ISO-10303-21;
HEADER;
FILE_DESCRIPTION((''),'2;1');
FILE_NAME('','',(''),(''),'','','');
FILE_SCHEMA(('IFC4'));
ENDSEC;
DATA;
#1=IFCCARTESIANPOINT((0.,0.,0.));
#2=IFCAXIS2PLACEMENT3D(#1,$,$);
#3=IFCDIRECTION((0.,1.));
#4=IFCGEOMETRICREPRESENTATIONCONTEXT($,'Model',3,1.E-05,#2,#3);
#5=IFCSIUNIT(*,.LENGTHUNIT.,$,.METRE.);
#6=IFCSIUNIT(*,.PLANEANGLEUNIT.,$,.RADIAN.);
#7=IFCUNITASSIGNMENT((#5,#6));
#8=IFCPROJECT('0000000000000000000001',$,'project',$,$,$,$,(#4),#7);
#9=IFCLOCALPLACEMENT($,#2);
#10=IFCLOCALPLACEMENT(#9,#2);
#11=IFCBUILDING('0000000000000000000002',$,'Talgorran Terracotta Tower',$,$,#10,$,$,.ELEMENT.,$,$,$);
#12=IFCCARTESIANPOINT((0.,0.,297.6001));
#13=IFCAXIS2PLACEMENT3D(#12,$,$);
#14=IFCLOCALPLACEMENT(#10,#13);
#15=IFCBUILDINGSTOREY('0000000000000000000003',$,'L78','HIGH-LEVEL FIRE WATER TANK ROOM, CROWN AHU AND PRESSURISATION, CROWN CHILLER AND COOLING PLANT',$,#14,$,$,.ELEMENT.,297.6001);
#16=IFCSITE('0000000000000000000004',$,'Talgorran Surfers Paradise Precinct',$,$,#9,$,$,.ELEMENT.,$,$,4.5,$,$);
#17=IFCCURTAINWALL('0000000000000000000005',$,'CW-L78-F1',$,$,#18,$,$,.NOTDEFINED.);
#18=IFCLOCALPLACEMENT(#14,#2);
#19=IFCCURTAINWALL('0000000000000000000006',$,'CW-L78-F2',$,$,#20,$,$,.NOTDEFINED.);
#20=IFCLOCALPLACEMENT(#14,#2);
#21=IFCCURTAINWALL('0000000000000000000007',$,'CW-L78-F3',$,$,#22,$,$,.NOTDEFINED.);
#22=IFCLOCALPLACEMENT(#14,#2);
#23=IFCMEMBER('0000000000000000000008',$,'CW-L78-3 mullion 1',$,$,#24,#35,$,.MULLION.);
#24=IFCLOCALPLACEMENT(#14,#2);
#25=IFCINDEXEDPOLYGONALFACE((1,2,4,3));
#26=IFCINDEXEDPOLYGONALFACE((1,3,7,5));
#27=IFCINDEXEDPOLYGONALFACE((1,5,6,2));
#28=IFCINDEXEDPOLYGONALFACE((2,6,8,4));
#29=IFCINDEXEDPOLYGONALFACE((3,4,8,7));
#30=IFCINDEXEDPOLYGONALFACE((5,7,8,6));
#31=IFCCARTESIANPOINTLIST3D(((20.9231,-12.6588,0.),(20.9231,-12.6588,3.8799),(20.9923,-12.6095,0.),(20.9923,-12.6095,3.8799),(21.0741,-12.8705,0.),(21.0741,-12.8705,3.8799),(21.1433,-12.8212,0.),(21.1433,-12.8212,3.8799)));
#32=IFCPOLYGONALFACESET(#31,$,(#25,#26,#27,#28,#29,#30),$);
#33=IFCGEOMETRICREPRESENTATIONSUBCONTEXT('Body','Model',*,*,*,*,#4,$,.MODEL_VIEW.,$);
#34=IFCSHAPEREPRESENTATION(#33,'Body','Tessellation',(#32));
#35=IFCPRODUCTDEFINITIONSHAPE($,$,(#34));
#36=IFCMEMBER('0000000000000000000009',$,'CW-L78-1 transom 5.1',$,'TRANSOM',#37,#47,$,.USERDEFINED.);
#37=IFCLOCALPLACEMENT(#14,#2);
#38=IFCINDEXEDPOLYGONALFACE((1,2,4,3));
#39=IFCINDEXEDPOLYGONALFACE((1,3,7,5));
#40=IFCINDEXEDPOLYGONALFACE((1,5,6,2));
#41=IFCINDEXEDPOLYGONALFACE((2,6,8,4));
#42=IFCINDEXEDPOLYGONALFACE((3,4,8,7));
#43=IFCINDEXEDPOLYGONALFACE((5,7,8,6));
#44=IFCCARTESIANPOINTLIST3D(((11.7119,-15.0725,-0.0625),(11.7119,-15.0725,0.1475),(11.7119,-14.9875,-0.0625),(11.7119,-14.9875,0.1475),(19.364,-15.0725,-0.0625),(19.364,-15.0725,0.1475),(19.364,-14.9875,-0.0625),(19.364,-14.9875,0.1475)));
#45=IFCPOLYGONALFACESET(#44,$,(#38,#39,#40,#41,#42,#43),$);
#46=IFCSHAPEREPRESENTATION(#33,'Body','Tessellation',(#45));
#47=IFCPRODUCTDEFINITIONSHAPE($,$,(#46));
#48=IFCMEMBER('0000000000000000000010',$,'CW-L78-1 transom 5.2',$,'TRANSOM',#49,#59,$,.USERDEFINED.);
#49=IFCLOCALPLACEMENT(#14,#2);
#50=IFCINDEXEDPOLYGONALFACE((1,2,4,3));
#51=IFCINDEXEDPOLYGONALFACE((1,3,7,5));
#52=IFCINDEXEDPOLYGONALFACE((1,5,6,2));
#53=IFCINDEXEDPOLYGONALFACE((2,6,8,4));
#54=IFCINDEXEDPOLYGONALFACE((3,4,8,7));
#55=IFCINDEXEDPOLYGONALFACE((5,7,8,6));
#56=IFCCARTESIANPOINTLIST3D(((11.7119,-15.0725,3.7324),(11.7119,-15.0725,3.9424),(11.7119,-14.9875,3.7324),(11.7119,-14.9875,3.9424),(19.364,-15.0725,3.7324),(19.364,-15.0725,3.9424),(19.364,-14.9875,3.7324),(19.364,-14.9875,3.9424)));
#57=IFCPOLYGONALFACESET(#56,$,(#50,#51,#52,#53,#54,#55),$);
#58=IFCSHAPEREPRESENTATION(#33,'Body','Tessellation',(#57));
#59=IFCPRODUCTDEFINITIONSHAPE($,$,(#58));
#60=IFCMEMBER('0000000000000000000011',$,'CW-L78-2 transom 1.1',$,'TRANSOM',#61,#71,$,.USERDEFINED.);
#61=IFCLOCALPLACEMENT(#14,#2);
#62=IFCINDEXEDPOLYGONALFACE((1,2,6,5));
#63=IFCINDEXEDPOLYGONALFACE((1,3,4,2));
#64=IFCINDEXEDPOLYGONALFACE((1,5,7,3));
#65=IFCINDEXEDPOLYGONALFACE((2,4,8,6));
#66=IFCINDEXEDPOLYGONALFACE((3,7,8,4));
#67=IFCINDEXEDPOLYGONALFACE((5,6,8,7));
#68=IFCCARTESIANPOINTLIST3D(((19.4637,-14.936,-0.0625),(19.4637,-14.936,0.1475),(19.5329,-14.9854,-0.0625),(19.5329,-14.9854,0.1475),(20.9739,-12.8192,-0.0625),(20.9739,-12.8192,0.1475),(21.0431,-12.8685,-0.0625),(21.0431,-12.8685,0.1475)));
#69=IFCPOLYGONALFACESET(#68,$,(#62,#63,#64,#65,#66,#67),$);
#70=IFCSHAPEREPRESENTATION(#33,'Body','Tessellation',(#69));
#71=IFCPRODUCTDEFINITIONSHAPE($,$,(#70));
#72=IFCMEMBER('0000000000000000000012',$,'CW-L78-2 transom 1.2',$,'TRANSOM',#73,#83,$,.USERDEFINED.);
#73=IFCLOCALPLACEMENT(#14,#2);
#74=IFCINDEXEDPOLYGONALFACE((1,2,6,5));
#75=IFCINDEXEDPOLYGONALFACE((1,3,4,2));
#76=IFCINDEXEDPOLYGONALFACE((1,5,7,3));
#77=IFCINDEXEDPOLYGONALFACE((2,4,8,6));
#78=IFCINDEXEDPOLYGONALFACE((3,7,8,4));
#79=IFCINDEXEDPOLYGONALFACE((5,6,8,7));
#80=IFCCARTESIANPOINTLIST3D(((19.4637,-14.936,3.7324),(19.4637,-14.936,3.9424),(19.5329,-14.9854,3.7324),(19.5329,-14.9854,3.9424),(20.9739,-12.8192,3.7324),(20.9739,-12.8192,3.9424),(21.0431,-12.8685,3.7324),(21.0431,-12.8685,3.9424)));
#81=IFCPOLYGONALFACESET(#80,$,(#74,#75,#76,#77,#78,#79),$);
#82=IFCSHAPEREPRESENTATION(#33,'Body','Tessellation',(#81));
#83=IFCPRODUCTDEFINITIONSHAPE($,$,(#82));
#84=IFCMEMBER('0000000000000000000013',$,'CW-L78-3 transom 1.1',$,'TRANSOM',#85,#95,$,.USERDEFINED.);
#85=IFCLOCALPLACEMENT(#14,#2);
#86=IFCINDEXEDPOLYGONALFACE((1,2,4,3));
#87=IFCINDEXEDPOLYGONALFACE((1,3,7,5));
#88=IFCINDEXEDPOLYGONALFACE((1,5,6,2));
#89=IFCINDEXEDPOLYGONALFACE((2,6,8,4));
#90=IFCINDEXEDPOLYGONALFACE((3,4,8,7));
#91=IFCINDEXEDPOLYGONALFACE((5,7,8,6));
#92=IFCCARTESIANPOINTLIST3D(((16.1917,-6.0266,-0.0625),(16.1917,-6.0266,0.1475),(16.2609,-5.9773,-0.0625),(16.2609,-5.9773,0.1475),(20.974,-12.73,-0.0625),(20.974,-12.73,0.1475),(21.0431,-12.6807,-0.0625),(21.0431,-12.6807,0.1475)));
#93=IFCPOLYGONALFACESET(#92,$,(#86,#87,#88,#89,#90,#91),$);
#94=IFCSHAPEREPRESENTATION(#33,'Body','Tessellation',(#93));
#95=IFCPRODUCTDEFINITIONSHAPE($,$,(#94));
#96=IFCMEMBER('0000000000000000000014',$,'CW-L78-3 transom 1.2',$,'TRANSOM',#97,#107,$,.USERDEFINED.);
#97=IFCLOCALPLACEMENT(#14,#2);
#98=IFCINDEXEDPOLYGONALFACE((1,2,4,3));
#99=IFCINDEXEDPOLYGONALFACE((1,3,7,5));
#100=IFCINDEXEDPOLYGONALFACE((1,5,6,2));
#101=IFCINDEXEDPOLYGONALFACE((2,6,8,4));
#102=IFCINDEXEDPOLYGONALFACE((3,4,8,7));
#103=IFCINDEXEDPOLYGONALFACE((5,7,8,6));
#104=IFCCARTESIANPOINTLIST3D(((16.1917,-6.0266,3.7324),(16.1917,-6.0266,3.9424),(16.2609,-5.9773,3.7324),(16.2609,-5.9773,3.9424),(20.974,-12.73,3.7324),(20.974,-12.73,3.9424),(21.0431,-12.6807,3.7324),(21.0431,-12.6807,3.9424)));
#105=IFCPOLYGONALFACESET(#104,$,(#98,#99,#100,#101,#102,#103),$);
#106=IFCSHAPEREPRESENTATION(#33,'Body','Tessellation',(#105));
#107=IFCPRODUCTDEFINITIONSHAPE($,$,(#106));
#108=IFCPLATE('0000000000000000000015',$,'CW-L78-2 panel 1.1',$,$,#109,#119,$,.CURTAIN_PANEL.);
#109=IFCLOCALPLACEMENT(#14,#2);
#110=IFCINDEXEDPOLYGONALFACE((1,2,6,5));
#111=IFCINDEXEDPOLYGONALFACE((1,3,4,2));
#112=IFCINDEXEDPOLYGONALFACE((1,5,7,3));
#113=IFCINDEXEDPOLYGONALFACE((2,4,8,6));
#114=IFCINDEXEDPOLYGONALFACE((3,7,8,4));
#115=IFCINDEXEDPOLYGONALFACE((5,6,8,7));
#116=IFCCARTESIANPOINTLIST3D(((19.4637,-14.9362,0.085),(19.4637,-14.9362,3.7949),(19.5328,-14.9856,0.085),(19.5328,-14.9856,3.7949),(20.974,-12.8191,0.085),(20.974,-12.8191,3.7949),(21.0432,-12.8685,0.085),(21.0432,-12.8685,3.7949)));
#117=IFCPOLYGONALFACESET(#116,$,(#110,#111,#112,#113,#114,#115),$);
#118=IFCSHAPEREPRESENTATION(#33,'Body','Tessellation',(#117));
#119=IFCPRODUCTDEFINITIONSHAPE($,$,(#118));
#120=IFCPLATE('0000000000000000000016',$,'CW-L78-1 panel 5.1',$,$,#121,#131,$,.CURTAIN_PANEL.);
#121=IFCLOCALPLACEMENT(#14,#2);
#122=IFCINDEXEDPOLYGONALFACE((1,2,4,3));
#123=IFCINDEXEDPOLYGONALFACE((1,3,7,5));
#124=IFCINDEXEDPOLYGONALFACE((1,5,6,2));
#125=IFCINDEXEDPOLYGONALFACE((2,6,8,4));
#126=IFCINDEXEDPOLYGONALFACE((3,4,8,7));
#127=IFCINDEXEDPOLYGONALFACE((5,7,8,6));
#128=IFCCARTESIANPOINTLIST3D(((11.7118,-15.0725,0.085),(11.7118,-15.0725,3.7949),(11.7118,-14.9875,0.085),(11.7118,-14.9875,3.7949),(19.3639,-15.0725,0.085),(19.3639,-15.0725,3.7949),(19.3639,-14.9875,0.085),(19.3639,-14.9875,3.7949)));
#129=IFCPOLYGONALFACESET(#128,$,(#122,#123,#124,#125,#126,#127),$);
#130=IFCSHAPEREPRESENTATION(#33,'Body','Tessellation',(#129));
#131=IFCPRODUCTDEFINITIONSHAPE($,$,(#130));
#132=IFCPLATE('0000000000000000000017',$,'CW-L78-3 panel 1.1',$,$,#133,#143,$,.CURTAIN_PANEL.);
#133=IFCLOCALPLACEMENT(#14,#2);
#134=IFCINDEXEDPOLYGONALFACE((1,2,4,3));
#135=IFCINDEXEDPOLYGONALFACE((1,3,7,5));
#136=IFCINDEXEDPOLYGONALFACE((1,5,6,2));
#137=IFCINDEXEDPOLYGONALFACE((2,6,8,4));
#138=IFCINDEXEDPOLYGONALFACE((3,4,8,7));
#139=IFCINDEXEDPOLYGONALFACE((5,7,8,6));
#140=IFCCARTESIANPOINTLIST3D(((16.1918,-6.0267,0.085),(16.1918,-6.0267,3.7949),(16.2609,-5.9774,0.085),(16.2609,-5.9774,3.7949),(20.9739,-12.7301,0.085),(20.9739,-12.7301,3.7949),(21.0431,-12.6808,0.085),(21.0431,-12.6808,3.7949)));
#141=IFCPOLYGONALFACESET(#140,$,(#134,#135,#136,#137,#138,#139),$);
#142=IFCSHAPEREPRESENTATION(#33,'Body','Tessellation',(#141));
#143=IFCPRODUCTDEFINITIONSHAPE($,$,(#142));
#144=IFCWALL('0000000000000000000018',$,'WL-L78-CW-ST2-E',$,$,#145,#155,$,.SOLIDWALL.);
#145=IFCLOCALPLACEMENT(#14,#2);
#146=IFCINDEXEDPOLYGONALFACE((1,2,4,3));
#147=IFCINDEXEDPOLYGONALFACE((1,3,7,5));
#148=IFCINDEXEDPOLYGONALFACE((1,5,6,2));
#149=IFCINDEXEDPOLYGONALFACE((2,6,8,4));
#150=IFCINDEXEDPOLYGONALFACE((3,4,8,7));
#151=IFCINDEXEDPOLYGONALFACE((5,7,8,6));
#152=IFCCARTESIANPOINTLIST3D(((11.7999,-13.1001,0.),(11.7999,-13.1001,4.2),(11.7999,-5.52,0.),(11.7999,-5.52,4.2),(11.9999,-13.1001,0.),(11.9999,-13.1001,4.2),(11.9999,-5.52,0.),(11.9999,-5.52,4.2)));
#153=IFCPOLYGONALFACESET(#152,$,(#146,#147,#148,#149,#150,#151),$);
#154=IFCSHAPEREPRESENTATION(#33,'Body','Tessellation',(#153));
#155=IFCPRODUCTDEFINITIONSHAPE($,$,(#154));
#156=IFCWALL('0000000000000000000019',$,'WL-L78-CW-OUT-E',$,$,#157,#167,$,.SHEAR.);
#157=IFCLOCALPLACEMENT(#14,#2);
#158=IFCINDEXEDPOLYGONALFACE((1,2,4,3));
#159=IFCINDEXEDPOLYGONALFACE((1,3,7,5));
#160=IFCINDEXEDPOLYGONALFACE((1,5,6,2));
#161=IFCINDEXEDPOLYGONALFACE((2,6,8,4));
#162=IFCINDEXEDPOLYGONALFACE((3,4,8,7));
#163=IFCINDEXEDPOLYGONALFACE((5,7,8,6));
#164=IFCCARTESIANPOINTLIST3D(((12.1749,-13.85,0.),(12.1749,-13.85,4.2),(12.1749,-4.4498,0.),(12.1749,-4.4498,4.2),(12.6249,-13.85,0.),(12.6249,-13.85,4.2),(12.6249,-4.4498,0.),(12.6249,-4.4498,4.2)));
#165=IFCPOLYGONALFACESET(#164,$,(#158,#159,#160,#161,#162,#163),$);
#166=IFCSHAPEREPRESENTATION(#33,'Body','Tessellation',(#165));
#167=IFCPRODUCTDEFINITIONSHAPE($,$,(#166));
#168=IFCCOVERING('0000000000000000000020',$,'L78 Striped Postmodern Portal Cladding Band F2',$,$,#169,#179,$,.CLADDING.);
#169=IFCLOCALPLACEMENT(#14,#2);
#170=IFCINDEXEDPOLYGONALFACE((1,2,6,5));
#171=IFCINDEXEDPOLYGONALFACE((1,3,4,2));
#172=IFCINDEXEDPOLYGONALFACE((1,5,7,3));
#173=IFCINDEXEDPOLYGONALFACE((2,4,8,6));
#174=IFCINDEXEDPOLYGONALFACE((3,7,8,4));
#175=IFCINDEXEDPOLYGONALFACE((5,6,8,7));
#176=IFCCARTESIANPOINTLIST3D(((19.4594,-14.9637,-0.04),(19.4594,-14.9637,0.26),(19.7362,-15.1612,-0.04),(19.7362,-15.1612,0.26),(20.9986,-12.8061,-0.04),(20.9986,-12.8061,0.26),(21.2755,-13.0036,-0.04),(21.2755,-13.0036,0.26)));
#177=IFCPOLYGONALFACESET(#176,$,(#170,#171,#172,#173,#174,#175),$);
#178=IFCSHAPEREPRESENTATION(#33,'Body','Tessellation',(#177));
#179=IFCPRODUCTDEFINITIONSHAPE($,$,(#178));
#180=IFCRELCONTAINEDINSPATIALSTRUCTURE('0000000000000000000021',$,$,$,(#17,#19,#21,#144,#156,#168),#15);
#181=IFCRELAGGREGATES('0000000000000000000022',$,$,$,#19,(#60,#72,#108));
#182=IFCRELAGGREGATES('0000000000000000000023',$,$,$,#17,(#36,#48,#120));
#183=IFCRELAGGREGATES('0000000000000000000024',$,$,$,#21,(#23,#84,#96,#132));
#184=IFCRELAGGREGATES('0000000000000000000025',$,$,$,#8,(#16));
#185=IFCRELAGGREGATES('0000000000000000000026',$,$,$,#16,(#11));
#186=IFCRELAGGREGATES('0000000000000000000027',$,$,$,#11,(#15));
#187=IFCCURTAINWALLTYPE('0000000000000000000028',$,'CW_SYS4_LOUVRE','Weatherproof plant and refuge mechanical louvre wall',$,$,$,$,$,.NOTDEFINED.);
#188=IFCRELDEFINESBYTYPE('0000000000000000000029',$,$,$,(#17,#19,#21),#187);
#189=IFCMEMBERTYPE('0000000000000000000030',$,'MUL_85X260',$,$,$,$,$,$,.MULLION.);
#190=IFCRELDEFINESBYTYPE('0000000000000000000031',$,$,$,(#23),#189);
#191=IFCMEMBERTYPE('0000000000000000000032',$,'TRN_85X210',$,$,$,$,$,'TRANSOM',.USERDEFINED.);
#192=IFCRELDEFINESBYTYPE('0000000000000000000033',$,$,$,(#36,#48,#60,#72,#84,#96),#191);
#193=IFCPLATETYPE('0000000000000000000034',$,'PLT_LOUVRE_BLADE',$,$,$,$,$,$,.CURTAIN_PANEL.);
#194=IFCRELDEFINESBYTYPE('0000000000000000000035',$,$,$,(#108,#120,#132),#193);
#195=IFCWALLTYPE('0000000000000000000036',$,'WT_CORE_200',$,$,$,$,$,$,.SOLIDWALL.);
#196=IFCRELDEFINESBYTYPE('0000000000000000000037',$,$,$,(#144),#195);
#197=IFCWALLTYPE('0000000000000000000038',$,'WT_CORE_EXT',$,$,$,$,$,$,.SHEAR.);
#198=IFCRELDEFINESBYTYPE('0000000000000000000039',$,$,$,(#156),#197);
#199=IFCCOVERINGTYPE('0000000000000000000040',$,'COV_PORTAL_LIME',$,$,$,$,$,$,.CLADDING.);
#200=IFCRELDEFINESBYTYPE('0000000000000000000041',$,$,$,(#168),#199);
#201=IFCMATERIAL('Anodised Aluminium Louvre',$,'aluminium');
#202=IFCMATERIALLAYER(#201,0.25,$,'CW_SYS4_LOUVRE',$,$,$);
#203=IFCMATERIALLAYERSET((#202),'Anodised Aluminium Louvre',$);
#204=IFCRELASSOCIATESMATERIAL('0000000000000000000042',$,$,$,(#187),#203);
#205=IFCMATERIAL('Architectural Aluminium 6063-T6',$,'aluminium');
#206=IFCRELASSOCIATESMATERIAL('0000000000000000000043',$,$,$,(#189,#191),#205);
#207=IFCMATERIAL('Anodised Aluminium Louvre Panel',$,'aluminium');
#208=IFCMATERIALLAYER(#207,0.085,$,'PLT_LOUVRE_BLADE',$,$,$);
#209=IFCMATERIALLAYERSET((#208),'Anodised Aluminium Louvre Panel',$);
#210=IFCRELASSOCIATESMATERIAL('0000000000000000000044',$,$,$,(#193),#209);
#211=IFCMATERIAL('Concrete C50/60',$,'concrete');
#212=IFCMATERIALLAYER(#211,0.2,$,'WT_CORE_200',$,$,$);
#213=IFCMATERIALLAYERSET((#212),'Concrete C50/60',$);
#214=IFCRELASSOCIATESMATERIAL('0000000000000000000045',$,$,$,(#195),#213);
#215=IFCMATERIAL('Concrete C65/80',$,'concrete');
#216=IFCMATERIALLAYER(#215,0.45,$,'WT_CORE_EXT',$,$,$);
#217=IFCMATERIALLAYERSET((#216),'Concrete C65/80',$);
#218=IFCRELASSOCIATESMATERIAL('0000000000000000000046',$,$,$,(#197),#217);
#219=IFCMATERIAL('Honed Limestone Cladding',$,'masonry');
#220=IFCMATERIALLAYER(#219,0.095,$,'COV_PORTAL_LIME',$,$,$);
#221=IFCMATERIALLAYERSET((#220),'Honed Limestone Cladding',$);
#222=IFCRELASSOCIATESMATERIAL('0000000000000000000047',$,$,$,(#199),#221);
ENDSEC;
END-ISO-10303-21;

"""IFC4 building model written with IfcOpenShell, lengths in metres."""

from ifc_helpers import new_model, si_unit, direction, frame, frame_2d, origin, origin_2d, place, context, subcontext, project, spatial, rectangle, extrude, source, transform, mapped, material, layer, layer_set, material_profile, profile_set, type_object, type_shapes, element, aggregate, save


model = new_model("IFC4")

# Units and contexts
model_context = context("Model", 3, precision=1e-05, world=origin(), true_north=direction((0.0, 1.0)))
body_context = subcontext(model_context, "Body", "Model", "MODEL_VIEW")
ifc_project = project(units=[si_unit("LENGTHUNIT", "METRE"), si_unit("PLANEANGLEUNIT", "RADIAN")], contexts=[model_context])

# Site, building, storey
site_placement = place(None, origin())
site = spatial("IfcSite", under=ifc_project, at=site_placement, Name="Talgorran Surfers Paradise Precinct", CompositionType="ELEMENT", RefElevation=4.5)
building_placement = place(site_placement, origin())
building = spatial("IfcBuilding", under=site, at=building_placement, Name="Talgorran Terracotta Tower", CompositionType="ELEMENT")
storey_placement = place(building_placement, frame((0.0, 0.0, 297.6001)))
storey = spatial("IfcBuildingStorey", under=building, at=storey_placement, Name="L78", Description="HIGH-LEVEL FIRE WATER TANK ROOM, CROWN AHU AND PRESSURISATION, CROWN CHILLER AND COOLING PLANT", CompositionType="ELEMENT", Elevation=297.6001)

# Curtain wall
ifc_material_1 = material(Name="Anodised Aluminium Louvre", Category="aluminium")
ifc_layer_1 = layer(ifc_material_1, 0.25, Name="CW_SYS4_LOUVRE")
ifc_layer_set_1 = layer_set([ifc_layer_1], Name="Anodised Aluminium Louvre")
curtain_wall_type = type_object("IfcCurtainWallType", Name="CW_SYS4_LOUVRE", Description="Weatherproof plant and refuge mechanical louvre wall", PredefinedType="NOTDEFINED", material=ifc_layer_set_1)
curtain_wall_1_placement = place(storey_placement, origin())
curtain_wall_1 = element("IfcCurtainWall", 1, at=curtain_wall_1_placement, inside=storey, type_object=curtain_wall_type, Name="CW-L78-F1", PredefinedType="NOTDEFINED")
ifc_material_2 = material(Name="Architectural Aluminium 6063-T6", Category="aluminium")
ifc_material_profile_1 = material_profile(ifc_material_2, rectangle(XDim=0.085, YDim=0.26, at=origin_2d()), Name="CWM85X260")
ifc_profile_set_1 = profile_set([ifc_material_profile_1], Name="Architectural Aluminium 6063-T6")
member_type_1 = type_object("IfcMemberType", Name="MUL_85X260", PredefinedType="MULLION", material=ifc_profile_set_1)

# Curtain wall
curtain_wall_2_placement = place(storey_placement, origin())
curtain_wall_2 = element("IfcCurtainWall", 2, at=curtain_wall_2_placement, inside=storey, type_object=curtain_wall_type, Name="CW-L78-F2", PredefinedType="NOTDEFINED")

# Curtain wall, member
curtain_wall_3_placement = place(storey_placement, origin())
curtain_wall_3 = element("IfcCurtainWall", 3, at=curtain_wall_3_placement, inside=storey, type_object=curtain_wall_type, Name="CW-L78-F3", PredefinedType="NOTDEFINED")
member_1_placement = place(storey_placement, frame((21.0332, -12.74, 0.0), z_axis=(0.0, 0.0, 1.0), x_axis=(-0.814076, -0.580758, 0.0)))
member_1 = element("IfcMember", 4, at=member_1_placement, type_object=member_type_1, Name="CW-L78-3 mullion 1", PredefinedType="MULLION", context=body_context, shape_type="SweptSolid", body=[
    extrude(rectangle(XDim=0.085, YDim=0.26, at=origin_2d()), origin(), (0.0, 0.0, 1.0), 3.8799),
])

# Members
ifc_material_profile_2 = material_profile(ifc_material_2, rectangle(XDim=0.085, YDim=0.21, at=origin_2d()), Name="CWT85X210")
ifc_profile_set_2 = profile_set([ifc_material_profile_2], Name="Architectural Aluminium 6063-T6")
member_type_2 = type_object("IfcMemberType", Name="TRN_85X210", ElementType="TRANSOM", PredefinedType="USERDEFINED", material=ifc_profile_set_2)
member_2_placement = place(storey_placement, frame((11.7119, -15.03, 0.0425), z_axis=(1.0, 0.0, 0.0), x_axis=(0.0, 1.0, 0.0)))
member_2 = element("IfcMember", 5, at=member_2_placement, type_object=member_type_2, Name="CW-L78-1 transom 5.1", ObjectType="TRANSOM", PredefinedType="USERDEFINED", context=body_context, shape_type="SweptSolid", body=[
    extrude(rectangle(XDim=0.085, YDim=0.21, at=origin_2d()), origin(), (0.0, 0.0, 1.0), 7.6521),
])
member_3_placement = place(storey_placement, frame((11.7119, -15.03, 3.8374), z_axis=(1.0, 0.0, 0.0), x_axis=(0.0, 1.0, 0.0)))
member_3 = element("IfcMember", 6, at=member_3_placement, type_object=member_type_2, Name="CW-L78-1 transom 5.2", ObjectType="TRANSOM", PredefinedType="USERDEFINED", context=body_context, shape_type="SweptSolid", body=[
    extrude(rectangle(XDim=0.085, YDim=0.21, at=origin_2d()), origin(), (0.0, 0.0, 1.0), 7.6521),
])
member_4_placement = place(storey_placement, frame((19.4983, -14.9607, 0.0425), z_axis=(0.580767, 0.81407, 0.0), x_axis=(-0.81407, 0.580767, 0.0)))
member_4 = element("IfcMember", 7, at=member_4_placement, type_object=member_type_2, Name="CW-L78-2 transom 1.1", ObjectType="TRANSOM", PredefinedType="USERDEFINED", context=body_context, shape_type="SweptSolid", body=[
    extrude(rectangle(XDim=0.085, YDim=0.21, at=origin_2d()), origin(), (0.0, 0.0, 1.0), 2.6003),
])
member_5_placement = place(storey_placement, frame((19.4983, -14.9607, 3.8374), z_axis=(0.580767, 0.81407, 0.0), x_axis=(-0.81407, 0.580767, 0.0)))
member_5 = element("IfcMember", 8, at=member_5_placement, type_object=member_type_2, Name="CW-L78-2 transom 1.2", ObjectType="TRANSOM", PredefinedType="USERDEFINED", context=body_context, shape_type="SweptSolid", body=[
    extrude(rectangle(XDim=0.085, YDim=0.21, at=origin_2d()), origin(), (0.0, 0.0, 1.0), 2.6003),
])
member_6_placement = place(storey_placement, frame((21.0085, -12.7053, 0.0425), z_axis=(-0.580764, 0.814072, 0.0), x_axis=(-0.814072, -0.580764, 0.0)))
member_6 = element("IfcMember", 9, at=member_6_placement, type_object=member_type_2, Name="CW-L78-3 transom 1.1", ObjectType="TRANSOM", PredefinedType="USERDEFINED", context=body_context, shape_type="SweptSolid", body=[
    extrude(rectangle(XDim=0.085, YDim=0.21, at=origin_2d()), origin(), (0.0, 0.0, 1.0), 8.2344),
])
member_7_placement = place(storey_placement, frame((21.0085, -12.7053, 3.8374), z_axis=(-0.580764, 0.814072, 0.0), x_axis=(-0.814072, -0.580764, 0.0)))
member_7 = element("IfcMember", 10, at=member_7_placement, type_object=member_type_2, Name="CW-L78-3 transom 1.2", ObjectType="TRANSOM", PredefinedType="USERDEFINED", context=body_context, shape_type="SweptSolid", body=[
    extrude(rectangle(XDim=0.085, YDim=0.21, at=origin_2d()), origin(), (0.0, 0.0, 1.0), 8.2344),
])

# Plates
ifc_material_3 = material(Name="Anodised Aluminium Louvre Panel", Category="aluminium")
ifc_layer_2 = layer(ifc_material_3, 0.085, Name="PLT_LOUVRE_BLADE")
ifc_layer_set_2 = layer_set([ifc_layer_2], Name="Anodised Aluminium Louvre Panel")
plate_type = type_object("IfcPlateType", Name="PLT_LOUVRE_BLADE", PredefinedType="CURTAIN_PANEL", material=ifc_layer_set_2)
shared_shape_1 = source(origin(), body_context, "Body", "SweptSolid", [
    extrude(rectangle(XDim=2.6006, YDim=0.085, at=origin_2d()), origin(), (0.0, 0.0, 1.0), 3.71),
])
plate_1_placement = place(storey_placement, frame((20.2534, -13.9023, 0.085), z_axis=(0.0, 0.0, 1.0), x_axis=(0.58076, 0.814075, 0.0)))
plate_1 = element("IfcPlate", 11, at=plate_1_placement, type_object=plate_type, Name="CW-L78-2 panel 1.1", PredefinedType="CURTAIN_PANEL", context=body_context, shape_type="MappedRepresentation", body=[
    mapped(shared_shape_1, transform((0.0, 0.0, 0.0), scale=1.0)),
])
aggregate(curtain_wall_2, [member_4, member_5, plate_1])
shared_shape_2 = source(origin(), body_context, "Body", "SweptSolid", [
    extrude(rectangle(XDim=7.6521, YDim=0.085, at=origin_2d()), origin(), (0.0, 0.0, 1.0), 3.71),
])
plate_2_placement = place(storey_placement, frame((15.5378, -15.03, 0.085), z_axis=(0.0, 0.0, 1.0), x_axis=(1.0, 0.0, 0.0)))
plate_2 = element("IfcPlate", 12, at=plate_2_placement, type_object=plate_type, Name="CW-L78-1 panel 5.1", PredefinedType="CURTAIN_PANEL", context=body_context, shape_type="MappedRepresentation", body=[
    mapped(shared_shape_2, transform((0.0, 0.0, 0.0), scale=1.0)),
])
aggregate(curtain_wall_1, [member_2, member_3, plate_2])
shared_shape_3 = source(origin(), body_context, "Body", "SweptSolid", [
    extrude(rectangle(XDim=8.2344, YDim=0.085, at=origin_2d()), origin(), (0.0, 0.0, 1.0), 3.71),
])
type_shapes(plate_type, [shared_shape_1, shared_shape_2, shared_shape_3])
plate_3_placement = place(storey_placement, frame((18.6174, -9.3538, 0.085), z_axis=(0.0, 0.0, 1.0), x_axis=(-0.580758, 0.814076, 0.0)))
plate_3 = element("IfcPlate", 13, at=plate_3_placement, type_object=plate_type, Name="CW-L78-3 panel 1.1", PredefinedType="CURTAIN_PANEL", context=body_context, shape_type="MappedRepresentation", body=[
    mapped(shared_shape_3, transform((0.0, 0.0, 0.0), scale=1.0)),
])
aggregate(curtain_wall_3, [member_1, member_6, member_7, plate_3])

# Walls
ifc_material_4 = material(Name="Concrete C50/60", Category="concrete")
ifc_layer_3 = layer(ifc_material_4, 0.2, Name="WT_CORE_200")
ifc_layer_set_3 = layer_set([ifc_layer_3], Name="Concrete C50/60")
wall_type_1 = type_object("IfcWallType", Name="WT_CORE_200", PredefinedType="SOLIDWALL", material=ifc_layer_set_3)
wall_1_placement = place(storey_placement, frame((11.8999, -13.1001, 0.0), z_axis=(0.0, 0.0, 1.0), x_axis=(0.0, 1.0, 0.0)))
element("IfcWall", 14, at=wall_1_placement, inside=storey, type_object=wall_type_1, Name="WL-L78-CW-ST2-E", PredefinedType="SOLIDWALL", context=body_context, shape_type="SweptSolid", body=[
    extrude(rectangle(XDim=7.5801, YDim=0.2, at=frame_2d((3.79, 0.0))), origin(), (0.0, 0.0, 1.0), 4.2),
])
ifc_material_5 = material(Name="Concrete C65/80", Category="concrete")
ifc_layer_4 = layer(ifc_material_5, 0.45, Name="WT_CORE_EXT")
ifc_layer_set_4 = layer_set([ifc_layer_4], Name="Concrete C65/80")
wall_type_2 = type_object("IfcWallType", Name="WT_CORE_EXT", PredefinedType="SHEAR", material=ifc_layer_set_4)
wall_2_placement = place(storey_placement, frame((12.3999, -13.8501, 0.0), z_axis=(0.0, 0.0, 1.0), x_axis=(0.0, 1.0, 0.0)))
element("IfcWall", 15, at=wall_2_placement, inside=storey, type_object=wall_type_2, Name="WL-L78-CW-OUT-E", PredefinedType="SHEAR", context=body_context, shape_type="SweptSolid", body=[
    extrude(rectangle(XDim=9.4001, YDim=0.45, at=frame_2d((4.7002, 0.0))), origin(), (0.0, 0.0, 1.0), 4.2),
])

# Covering
ifc_material_6 = material(Name="Honed Limestone Cladding", Category="masonry")
ifc_layer_5 = layer(ifc_material_6, 0.095, Name="COV_PORTAL_LIME")
ifc_layer_set_5 = layer_set([ifc_layer_5], Name="Honed Limestone Cladding")
covering_type = type_object("IfcCoveringType", Name="COV_PORTAL_LIME", PredefinedType="CLADDING", material=ifc_layer_set_5)
covering_placement = place(storey_placement, frame((20.3674, -13.9836, -0.04), z_axis=(0.0, 0.0, 1.0), x_axis=(0.58076, 0.814075, 0.0)))
element("IfcCovering", 16, at=covering_placement, inside=storey, type_object=covering_type, Name="L78 Striped Postmodern Portal Cladding Band F2", PredefinedType="CLADDING", context=body_context, shape_type="SweptSolid", body=[
    extrude(rectangle(XDim=2.6504, YDim=0.3401, at=origin_2d()), origin(), (0.0, 0.0, 1.0), 0.3),
])

save(model, "model.ifc")
